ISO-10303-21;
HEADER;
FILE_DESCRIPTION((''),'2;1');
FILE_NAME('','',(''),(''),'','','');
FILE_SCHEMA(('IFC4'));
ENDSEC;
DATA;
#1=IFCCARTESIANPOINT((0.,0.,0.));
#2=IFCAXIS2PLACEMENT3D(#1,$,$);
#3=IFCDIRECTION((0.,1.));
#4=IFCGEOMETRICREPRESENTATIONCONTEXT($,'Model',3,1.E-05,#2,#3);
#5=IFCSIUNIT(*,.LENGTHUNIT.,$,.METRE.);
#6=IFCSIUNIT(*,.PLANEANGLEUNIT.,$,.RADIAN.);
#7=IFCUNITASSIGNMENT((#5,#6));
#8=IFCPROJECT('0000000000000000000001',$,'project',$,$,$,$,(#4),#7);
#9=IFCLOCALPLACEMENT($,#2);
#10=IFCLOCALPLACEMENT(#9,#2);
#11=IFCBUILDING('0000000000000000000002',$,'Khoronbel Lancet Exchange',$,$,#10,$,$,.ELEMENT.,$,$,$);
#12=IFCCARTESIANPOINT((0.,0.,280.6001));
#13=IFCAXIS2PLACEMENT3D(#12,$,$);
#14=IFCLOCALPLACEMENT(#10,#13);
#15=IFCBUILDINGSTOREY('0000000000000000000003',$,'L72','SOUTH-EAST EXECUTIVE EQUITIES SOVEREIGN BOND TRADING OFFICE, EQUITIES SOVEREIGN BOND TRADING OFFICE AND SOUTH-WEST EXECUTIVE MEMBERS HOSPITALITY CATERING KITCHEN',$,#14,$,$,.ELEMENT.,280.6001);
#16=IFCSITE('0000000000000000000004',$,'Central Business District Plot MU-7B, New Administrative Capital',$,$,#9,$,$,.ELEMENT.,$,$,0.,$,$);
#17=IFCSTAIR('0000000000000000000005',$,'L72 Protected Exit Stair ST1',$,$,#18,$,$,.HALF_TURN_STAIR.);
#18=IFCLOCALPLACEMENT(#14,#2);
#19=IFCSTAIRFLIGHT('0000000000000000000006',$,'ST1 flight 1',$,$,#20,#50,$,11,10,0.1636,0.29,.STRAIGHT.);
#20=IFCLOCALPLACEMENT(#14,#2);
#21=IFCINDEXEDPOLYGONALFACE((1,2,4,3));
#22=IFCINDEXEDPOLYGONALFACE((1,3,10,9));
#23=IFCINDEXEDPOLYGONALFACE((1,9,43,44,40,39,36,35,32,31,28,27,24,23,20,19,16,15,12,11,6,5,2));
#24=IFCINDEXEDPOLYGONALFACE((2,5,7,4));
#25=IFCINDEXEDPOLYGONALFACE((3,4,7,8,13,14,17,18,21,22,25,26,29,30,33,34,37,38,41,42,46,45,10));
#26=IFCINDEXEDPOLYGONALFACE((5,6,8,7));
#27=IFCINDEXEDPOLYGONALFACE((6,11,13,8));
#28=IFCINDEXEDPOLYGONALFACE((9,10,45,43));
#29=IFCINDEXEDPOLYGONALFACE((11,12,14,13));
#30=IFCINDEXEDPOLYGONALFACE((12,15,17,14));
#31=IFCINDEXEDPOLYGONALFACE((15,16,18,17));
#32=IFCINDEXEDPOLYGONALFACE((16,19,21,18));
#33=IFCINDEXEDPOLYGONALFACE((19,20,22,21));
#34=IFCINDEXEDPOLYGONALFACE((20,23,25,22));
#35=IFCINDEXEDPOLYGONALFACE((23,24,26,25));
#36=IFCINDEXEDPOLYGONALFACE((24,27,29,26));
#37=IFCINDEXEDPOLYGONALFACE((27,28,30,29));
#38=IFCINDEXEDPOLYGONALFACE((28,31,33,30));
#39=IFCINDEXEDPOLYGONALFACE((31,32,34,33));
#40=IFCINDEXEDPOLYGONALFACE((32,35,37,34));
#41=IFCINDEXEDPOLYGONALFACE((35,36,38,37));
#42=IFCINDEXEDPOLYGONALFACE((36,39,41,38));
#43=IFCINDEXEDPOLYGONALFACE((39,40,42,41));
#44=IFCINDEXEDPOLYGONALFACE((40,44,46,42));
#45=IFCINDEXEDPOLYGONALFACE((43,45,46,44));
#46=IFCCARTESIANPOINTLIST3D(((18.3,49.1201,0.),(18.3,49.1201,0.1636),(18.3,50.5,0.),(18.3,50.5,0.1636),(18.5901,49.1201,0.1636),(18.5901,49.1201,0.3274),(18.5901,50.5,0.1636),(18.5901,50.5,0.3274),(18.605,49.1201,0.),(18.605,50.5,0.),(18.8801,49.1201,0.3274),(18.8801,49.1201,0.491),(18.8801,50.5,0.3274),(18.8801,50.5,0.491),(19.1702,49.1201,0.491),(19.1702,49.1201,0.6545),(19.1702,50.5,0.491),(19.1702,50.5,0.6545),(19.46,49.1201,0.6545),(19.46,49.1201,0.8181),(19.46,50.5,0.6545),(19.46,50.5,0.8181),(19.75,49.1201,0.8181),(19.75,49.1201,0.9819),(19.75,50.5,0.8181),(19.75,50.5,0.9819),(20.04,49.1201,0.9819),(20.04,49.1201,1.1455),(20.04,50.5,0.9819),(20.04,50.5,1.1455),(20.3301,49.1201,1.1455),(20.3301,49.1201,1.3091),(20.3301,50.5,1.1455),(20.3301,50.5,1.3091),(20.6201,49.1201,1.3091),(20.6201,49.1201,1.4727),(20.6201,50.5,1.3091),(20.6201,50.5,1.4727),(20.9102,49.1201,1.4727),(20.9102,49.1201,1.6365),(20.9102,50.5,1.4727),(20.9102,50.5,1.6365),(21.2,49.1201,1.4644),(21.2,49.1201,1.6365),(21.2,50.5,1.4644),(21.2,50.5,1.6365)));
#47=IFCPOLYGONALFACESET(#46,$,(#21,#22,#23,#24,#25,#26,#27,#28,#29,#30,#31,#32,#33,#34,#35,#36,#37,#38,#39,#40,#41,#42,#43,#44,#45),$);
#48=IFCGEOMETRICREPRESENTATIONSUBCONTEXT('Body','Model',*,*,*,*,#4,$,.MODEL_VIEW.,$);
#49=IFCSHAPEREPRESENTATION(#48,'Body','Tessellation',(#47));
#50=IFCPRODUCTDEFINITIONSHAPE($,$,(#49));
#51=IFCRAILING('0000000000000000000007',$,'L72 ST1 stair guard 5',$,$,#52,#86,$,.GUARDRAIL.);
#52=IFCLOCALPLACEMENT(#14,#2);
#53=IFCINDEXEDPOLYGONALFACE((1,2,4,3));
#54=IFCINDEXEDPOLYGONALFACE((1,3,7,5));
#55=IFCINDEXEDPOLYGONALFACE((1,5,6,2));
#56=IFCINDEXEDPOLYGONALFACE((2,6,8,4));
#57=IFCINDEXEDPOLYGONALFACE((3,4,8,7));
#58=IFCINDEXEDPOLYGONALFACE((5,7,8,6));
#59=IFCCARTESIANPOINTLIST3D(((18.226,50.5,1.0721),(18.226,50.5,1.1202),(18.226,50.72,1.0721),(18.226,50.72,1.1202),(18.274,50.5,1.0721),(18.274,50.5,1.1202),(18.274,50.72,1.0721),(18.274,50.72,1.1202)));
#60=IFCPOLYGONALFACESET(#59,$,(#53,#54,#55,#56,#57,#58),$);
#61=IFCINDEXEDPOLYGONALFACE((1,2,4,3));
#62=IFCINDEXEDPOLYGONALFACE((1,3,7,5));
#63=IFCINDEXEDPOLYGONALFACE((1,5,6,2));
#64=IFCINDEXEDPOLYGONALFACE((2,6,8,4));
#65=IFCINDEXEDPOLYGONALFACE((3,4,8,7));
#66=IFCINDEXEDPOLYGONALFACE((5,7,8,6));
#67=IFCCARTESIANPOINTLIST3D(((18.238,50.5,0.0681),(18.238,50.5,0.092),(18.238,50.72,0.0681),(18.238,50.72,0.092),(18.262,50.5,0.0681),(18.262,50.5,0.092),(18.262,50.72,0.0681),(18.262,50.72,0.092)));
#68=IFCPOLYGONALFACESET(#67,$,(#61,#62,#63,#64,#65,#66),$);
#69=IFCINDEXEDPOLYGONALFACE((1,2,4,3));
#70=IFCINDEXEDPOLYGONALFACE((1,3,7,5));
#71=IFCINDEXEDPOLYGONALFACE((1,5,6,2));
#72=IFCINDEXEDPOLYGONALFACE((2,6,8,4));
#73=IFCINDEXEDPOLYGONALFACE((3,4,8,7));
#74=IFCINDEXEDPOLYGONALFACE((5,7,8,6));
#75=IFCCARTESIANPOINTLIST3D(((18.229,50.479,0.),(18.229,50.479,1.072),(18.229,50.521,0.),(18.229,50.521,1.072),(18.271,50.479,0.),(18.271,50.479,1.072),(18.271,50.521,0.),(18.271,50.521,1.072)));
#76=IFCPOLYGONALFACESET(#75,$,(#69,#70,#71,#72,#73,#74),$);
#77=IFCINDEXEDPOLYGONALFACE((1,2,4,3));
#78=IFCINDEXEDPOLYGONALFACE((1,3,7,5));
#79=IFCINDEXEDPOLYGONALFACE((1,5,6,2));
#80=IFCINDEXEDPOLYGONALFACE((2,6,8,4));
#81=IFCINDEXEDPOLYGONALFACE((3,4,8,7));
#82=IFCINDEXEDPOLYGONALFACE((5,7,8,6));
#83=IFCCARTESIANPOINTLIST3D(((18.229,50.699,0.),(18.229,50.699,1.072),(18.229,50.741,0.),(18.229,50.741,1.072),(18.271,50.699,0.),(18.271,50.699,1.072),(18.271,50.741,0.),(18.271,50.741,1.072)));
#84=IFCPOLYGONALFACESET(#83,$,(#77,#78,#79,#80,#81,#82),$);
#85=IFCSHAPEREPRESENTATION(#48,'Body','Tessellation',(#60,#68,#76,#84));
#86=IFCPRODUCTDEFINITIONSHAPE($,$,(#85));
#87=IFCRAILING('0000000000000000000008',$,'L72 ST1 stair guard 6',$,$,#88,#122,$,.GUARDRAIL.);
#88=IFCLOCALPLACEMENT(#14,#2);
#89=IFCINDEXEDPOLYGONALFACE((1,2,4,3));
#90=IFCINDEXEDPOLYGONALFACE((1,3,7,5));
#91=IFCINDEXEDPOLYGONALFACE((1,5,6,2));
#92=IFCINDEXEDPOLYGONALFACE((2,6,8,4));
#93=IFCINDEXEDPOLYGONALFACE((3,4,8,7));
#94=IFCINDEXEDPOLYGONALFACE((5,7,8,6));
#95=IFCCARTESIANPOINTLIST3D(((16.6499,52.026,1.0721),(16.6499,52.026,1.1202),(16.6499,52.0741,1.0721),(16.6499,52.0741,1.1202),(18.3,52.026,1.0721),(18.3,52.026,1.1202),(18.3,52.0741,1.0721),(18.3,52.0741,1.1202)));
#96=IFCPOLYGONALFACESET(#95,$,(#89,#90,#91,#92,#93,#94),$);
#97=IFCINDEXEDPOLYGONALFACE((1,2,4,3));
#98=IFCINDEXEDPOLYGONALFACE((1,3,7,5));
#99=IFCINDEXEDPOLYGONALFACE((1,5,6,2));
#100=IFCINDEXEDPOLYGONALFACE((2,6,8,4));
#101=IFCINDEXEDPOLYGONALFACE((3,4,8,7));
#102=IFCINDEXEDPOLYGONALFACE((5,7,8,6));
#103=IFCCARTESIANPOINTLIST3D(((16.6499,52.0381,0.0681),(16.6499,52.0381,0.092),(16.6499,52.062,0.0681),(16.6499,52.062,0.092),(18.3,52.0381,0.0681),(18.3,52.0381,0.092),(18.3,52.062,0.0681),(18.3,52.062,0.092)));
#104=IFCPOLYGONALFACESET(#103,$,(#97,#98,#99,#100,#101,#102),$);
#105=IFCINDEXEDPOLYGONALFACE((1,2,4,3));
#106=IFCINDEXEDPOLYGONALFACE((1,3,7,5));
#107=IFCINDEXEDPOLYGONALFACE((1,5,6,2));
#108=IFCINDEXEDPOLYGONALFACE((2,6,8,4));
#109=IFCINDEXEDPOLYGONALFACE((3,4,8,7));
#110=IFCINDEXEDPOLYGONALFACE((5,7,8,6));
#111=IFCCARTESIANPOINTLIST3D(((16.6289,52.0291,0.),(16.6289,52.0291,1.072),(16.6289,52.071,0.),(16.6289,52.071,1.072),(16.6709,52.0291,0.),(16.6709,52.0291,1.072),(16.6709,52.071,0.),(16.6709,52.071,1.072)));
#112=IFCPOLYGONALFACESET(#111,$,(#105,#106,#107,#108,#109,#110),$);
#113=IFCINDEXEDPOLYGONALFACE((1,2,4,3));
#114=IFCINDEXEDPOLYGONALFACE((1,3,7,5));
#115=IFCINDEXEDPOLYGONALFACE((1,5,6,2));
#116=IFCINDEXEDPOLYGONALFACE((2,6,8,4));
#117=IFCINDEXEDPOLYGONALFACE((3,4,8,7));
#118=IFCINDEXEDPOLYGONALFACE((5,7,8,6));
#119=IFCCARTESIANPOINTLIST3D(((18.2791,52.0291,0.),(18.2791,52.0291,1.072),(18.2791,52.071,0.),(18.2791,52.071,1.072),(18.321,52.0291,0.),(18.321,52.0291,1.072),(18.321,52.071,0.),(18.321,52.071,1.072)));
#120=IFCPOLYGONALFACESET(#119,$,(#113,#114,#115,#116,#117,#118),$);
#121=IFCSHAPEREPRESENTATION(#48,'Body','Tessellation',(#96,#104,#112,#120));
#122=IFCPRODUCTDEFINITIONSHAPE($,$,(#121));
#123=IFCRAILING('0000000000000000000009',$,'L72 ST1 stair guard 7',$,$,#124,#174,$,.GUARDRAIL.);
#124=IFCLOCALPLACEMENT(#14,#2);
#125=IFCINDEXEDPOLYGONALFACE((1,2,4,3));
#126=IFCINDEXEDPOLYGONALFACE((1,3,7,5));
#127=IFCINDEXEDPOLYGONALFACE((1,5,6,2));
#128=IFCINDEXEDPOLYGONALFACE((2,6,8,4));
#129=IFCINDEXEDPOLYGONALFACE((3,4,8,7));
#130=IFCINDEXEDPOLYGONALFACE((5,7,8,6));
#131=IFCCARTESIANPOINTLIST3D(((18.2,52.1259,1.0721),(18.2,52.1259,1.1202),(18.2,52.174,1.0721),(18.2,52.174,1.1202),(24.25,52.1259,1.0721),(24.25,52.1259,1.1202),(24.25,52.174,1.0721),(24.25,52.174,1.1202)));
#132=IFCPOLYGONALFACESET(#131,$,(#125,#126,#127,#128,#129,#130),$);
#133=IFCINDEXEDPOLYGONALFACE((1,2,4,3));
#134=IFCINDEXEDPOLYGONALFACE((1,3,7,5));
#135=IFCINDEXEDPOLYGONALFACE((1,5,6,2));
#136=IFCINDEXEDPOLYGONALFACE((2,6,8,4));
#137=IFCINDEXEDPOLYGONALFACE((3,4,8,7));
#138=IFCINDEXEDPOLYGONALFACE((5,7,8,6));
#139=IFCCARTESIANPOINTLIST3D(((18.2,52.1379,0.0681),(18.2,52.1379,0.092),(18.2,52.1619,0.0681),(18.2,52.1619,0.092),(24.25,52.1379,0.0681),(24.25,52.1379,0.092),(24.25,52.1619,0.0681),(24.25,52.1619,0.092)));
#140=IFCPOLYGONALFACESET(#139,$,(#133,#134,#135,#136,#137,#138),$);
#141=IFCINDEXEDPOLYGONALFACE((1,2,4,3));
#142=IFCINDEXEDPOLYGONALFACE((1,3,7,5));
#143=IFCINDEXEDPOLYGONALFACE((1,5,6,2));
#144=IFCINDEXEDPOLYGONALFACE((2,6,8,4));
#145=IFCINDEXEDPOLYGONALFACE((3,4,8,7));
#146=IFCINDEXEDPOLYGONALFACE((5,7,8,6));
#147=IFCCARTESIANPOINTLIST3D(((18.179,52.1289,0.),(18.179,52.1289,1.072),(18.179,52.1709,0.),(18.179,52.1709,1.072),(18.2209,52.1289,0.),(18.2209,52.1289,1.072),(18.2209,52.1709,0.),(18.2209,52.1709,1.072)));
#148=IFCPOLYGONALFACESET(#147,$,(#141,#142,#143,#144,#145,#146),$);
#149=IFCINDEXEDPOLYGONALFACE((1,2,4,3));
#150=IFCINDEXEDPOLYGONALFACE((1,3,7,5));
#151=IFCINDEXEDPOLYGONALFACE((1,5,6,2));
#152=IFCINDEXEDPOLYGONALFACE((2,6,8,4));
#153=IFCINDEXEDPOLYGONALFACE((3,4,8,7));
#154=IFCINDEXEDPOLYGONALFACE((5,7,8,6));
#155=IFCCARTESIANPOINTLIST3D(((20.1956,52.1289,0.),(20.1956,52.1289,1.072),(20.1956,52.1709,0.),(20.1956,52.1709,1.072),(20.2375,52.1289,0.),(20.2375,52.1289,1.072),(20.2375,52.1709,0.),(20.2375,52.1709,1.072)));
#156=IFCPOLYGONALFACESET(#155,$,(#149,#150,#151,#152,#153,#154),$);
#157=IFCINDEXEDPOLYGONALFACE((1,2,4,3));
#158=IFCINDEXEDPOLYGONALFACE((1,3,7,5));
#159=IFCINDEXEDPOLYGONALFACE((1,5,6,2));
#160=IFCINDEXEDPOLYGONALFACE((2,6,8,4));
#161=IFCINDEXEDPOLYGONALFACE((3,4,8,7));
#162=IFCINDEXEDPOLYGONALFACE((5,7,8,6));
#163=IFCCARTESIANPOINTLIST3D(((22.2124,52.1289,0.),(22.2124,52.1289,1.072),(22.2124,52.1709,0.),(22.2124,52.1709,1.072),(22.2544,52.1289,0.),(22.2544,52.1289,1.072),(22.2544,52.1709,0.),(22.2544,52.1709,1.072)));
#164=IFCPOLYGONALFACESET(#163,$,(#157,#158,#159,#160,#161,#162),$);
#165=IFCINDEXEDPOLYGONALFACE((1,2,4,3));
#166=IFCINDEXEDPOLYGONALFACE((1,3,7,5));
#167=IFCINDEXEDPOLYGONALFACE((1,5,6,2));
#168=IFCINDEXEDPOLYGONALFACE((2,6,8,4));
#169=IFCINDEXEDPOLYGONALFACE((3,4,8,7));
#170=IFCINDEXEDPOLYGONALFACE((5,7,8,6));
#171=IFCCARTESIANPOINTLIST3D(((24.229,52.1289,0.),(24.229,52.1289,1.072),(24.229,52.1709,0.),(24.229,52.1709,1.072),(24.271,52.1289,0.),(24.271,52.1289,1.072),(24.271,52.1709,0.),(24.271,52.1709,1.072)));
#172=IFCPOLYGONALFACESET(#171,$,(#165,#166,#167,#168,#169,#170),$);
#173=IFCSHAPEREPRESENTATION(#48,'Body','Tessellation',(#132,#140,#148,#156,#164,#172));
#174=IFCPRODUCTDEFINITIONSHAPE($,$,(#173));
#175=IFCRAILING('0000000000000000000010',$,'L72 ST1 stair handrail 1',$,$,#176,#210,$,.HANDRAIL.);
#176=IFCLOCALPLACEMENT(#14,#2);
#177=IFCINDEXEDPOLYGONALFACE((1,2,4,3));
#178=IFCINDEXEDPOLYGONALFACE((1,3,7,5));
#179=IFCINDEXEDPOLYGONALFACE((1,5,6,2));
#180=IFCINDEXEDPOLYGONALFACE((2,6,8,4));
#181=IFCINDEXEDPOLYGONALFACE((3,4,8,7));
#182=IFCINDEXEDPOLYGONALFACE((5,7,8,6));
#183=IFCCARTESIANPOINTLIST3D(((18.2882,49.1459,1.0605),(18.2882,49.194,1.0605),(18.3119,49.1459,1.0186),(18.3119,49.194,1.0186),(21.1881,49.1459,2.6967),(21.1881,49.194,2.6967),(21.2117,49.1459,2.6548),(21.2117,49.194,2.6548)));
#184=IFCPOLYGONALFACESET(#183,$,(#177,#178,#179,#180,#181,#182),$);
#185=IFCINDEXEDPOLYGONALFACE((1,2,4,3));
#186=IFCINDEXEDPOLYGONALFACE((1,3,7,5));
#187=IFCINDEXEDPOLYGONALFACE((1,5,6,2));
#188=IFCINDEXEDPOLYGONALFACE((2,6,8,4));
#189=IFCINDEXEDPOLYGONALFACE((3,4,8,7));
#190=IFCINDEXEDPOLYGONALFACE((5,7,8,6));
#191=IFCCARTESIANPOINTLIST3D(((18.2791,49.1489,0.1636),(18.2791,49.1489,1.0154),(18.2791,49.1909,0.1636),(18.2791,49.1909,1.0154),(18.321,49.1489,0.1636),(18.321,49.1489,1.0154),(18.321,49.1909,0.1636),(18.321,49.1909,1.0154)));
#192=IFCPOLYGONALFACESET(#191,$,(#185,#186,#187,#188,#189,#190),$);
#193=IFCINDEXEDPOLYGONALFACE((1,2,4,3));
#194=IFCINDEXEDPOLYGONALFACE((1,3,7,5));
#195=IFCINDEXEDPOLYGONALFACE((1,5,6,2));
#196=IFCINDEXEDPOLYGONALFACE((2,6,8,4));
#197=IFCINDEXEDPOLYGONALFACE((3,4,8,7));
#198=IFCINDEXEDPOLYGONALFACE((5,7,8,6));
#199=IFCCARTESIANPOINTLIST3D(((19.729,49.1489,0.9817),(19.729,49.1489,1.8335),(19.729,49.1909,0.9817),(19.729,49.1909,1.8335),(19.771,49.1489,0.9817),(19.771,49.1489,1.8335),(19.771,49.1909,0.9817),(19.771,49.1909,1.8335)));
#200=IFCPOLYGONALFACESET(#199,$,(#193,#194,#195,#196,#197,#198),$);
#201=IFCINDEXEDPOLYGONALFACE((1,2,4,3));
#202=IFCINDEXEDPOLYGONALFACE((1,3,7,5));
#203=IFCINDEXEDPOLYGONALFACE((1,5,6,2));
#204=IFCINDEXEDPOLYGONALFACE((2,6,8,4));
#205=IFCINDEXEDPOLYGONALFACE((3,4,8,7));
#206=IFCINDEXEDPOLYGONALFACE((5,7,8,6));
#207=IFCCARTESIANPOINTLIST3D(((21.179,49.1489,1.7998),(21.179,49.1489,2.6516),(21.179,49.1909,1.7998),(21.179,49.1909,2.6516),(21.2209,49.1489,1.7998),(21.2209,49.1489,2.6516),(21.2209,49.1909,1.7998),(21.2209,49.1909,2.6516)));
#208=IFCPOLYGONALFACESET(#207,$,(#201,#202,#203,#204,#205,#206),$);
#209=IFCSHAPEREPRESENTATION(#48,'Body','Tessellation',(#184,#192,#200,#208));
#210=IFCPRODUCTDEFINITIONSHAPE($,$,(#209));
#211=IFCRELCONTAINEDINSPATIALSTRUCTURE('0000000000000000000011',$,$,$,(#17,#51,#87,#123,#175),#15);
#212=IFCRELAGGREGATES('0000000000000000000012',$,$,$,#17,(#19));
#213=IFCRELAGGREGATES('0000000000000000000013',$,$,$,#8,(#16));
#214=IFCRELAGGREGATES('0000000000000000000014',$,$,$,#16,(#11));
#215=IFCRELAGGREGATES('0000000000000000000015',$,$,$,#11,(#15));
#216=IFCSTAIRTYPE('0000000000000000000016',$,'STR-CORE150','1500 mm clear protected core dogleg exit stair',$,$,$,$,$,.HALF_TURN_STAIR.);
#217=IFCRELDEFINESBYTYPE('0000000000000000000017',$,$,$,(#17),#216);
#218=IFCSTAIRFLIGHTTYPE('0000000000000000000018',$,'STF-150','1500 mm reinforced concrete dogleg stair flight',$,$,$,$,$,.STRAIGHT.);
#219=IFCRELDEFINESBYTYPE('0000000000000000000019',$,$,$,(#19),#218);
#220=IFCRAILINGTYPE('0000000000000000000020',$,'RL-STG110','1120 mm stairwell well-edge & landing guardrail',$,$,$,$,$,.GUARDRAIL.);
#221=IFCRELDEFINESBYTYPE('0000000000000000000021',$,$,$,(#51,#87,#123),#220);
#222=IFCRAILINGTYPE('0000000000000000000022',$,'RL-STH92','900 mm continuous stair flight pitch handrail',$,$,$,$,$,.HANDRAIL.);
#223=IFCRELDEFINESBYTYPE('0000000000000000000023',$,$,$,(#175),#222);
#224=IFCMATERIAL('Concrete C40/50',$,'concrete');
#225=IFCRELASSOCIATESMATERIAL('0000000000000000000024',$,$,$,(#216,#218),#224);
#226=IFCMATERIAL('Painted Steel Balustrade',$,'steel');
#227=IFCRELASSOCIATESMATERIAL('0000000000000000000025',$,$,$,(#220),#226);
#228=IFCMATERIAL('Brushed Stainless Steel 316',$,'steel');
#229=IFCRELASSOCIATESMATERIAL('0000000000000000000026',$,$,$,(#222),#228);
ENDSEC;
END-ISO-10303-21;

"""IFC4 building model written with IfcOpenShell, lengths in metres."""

from ifc_helpers import new_model, si_unit, direction, frame, origin, origin_2d, place, context, subcontext, project, spatial, polyline, rectangle, outline, extrude, material, type_object, element, aggregate, save


model = new_model("IFC4")

# Units and contexts
model_context = context("Model", 3, precision=1e-05, world=origin(), true_north=direction((0.0, 1.0)))
body_context = subcontext(model_context, "Body", "Model", "MODEL_VIEW")
ifc_project = project(units=[si_unit("LENGTHUNIT", "METRE"), si_unit("PLANEANGLEUNIT", "RADIAN")], contexts=[model_context])

# Site, building, storey
site_placement = place(None, origin())
site = spatial("IfcSite", under=ifc_project, at=site_placement, Name="Central Business District Plot MU-7B, New Administrative Capital", CompositionType="ELEMENT", RefElevation=0.0)
building_placement = place(site_placement, origin())
building = spatial("IfcBuilding", under=site, at=building_placement, Name="Khoronbel Lancet Exchange", CompositionType="ELEMENT")
storey_placement = place(building_placement, frame((0.0, 0.0, 280.6001)))
storey = spatial("IfcBuildingStorey", under=building, at=storey_placement, Name="L72", Description="SOUTH-EAST EXECUTIVE EQUITIES SOVEREIGN BOND TRADING OFFICE, EQUITIES SOVEREIGN BOND TRADING OFFICE AND SOUTH-WEST EXECUTIVE MEMBERS HOSPITALITY CATERING KITCHEN", CompositionType="ELEMENT", Elevation=280.6001)

# Stair, stair flight
ifc_material_1 = material(Name="Concrete C40/50", Category="concrete")
stair_type = type_object("IfcStairType", Name="STR-CORE150", Description="1500 mm clear protected core dogleg exit stair", PredefinedType="HALF_TURN_STAIR", material=ifc_material_1)
stair_placement = place(storey_placement, origin())
stair = element("IfcStair", 1, at=stair_placement, inside=storey, type_object=stair_type, Name="L72 Protected Exit Stair ST1", PredefinedType="HALF_TURN_STAIR")
stair_flight_type = type_object("IfcStairFlightType", Name="STF-150", Description="1500 mm reinforced concrete dogleg stair flight", PredefinedType="STRAIGHT", material=ifc_material_1)
stair_flight_placement = place(storey_placement, frame((18.3, 49.8101, 0.0), z_axis=(0.0, 0.0, 1.0), x_axis=(1.0, 0.0, 0.0)))
stair_flight = element("IfcStairFlight", 2, at=stair_flight_placement, type_object=stair_flight_type, Name="ST1 flight 1", NumberOfRisers=11, NumberOfTreads=10, PredefinedType="STRAIGHT", RiserHeight=0.1636, TreadLength=0.29, context=body_context, shape_type="SweptSolid", body=[
    extrude(outline(polyline([(0.0, 0.0), (0.0, 0.1636), (0.29, 0.1636), (0.29, 0.3274), (0.5801, 0.3274), (0.5801, 0.491), (0.8701, 0.491), (0.8701, 0.6545), (1.1599, 0.6545), (1.1599, 0.8181), (1.45, 0.8181), (1.45, 0.9819), (1.74, 0.9819), (1.74, 1.1455), (2.03, 1.1455), (2.03, 1.3091), (2.3201, 1.3091), (2.3201, 1.4727), (2.6101, 1.4727), (2.6101, 1.6365), (2.8999, 1.6365), (2.8999, 1.8), (2.8999, 1.4644), (0.3049, 0.0), (0.0, 0.0)])), frame((0.0, 0.6899, 0.0), z_axis=(0.0, -1.0, 0.0), x_axis=(1.0, 0.0, 0.0)), (0.0, 0.0, 1.0), 1.3799),
])
aggregate(stair, [stair_flight])

# Railings
ifc_material_2 = material(Name="Painted Steel Balustrade", Category="steel")
railing_type_1 = type_object("IfcRailingType", Name="RL-STG110", Description="1120 mm stairwell well-edge & landing guardrail", PredefinedType="GUARDRAIL", material=ifc_material_2)
railing_1_placement = place(storey_placement, frame((18.25, 50.5, 0.0)))
element("IfcRailing", 3, at=railing_1_placement, inside=storey, type_object=railing_type_1, Name="L72 ST1 stair guard 5", PredefinedType="GUARDRAIL", context=body_context, shape_type="SweptSolid", body=[
    extrude(rectangle(XDim=0.0481, YDim=0.0481, at=origin_2d()), frame((0.0, 0.0, 1.0962), z_axis=(0.0, 1.0, 0.0), x_axis=(-1.0, 0.0, 0.0)), (0.0, 0.0, 1.0), 0.22),
    extrude(rectangle(XDim=0.0239, YDim=0.0239, at=origin_2d()), frame((0.0, 0.0, 0.0801), z_axis=(0.0, 1.0, 0.0), x_axis=(-1.0, 0.0, 0.0)), (0.0, 0.0, 1.0), 0.22),
    extrude(rectangle(XDim=0.042, YDim=0.042, at=origin_2d()), origin(), (0.0, 0.0, 1.0), 1.072),
    extrude(rectangle(XDim=0.042, YDim=0.042, at=origin_2d()), frame((0.0, 0.22, 0.0)), (0.0, 0.0, 1.0), 1.072),
])
railing_2_placement = place(storey_placement, frame((16.6499, 52.05, 0.0)))
element("IfcRailing", 4, at=railing_2_placement, inside=storey, type_object=railing_type_1, Name="L72 ST1 stair guard 6", PredefinedType="GUARDRAIL", context=body_context, shape_type="SweptSolid", body=[
    extrude(rectangle(XDim=0.0481, YDim=0.0481, at=origin_2d()), frame((0.0, 0.0, 1.0962), z_axis=(1.0, 0.0, 0.0), x_axis=(0.0, 1.0, 0.0)), (0.0, 0.0, 1.0), 1.6501),
    extrude(rectangle(XDim=0.0239, YDim=0.0239, at=origin_2d()), frame((0.0, 0.0, 0.0801), z_axis=(1.0, 0.0, 0.0), x_axis=(0.0, 1.0, 0.0)), (0.0, 0.0, 1.0), 1.6501),
    extrude(rectangle(XDim=0.042, YDim=0.042, at=origin_2d()), origin(), (0.0, 0.0, 1.0), 1.072),
    extrude(rectangle(XDim=0.042, YDim=0.042, at=origin_2d()), frame((1.6501, 0.0, 0.0)), (0.0, 0.0, 1.0), 1.072),
])
railing_3_placement = place(storey_placement, frame((18.2, 52.1499, 0.0)))
element("IfcRailing", 5, at=railing_3_placement, inside=storey, type_object=railing_type_1, Name="L72 ST1 stair guard 7", PredefinedType="GUARDRAIL", context=body_context, shape_type="SweptSolid", body=[
    extrude(rectangle(XDim=0.0481, YDim=0.0481, at=origin_2d()), frame((0.0, 0.0, 1.0962), z_axis=(1.0, 0.0, 0.0), x_axis=(0.0, 1.0, 0.0)), (0.0, 0.0, 1.0), 6.05),
    extrude(rectangle(XDim=0.0239, YDim=0.0239, at=origin_2d()), frame((0.0, 0.0, 0.0801), z_axis=(1.0, 0.0, 0.0), x_axis=(0.0, 1.0, 0.0)), (0.0, 0.0, 1.0), 6.05),
    extrude(rectangle(XDim=0.042, YDim=0.042, at=origin_2d()), origin(), (0.0, 0.0, 1.0), 1.072),
    extrude(rectangle(XDim=0.042, YDim=0.042, at=origin_2d()), frame((2.0166, 0.0, 0.0)), (0.0, 0.0, 1.0), 1.072),
    extrude(rectangle(XDim=0.042, YDim=0.042, at=origin_2d()), frame((4.0334, 0.0, 0.0)), (0.0, 0.0, 1.0), 1.072),
    extrude(rectangle(XDim=0.042, YDim=0.042, at=origin_2d()), frame((6.05, 0.0, 0.0)), (0.0, 0.0, 1.0), 1.072),
])
ifc_material_3 = material(Name="Brushed Stainless Steel 316", Category="steel")
railing_type_2 = type_object("IfcRailingType", Name="RL-STH92", Description="900 mm continuous stair flight pitch handrail", PredefinedType="HANDRAIL", material=ifc_material_3)
railing_4_placement = place(storey_placement, frame((18.3, 49.1699, 0.1636)))
element("IfcRailing", 6, at=railing_4_placement, inside=storey, type_object=railing_type_2, Name="L72 ST1 stair handrail 1", PredefinedType="HANDRAIL", context=body_context, shape_type="SweptSolid", body=[
    extrude(rectangle(XDim=0.0481, YDim=0.0481, at=origin_2d()), frame((0.0, 0.0, 0.876), z_axis=(0.870929, 0.0, 0.49141), x_axis=(0.0, 1.0, 0.0)), (0.0, 0.0, 1.0), 3.3296),
    extrude(rectangle(XDim=0.042, YDim=0.042, at=origin_2d()), origin(), (0.0, 0.0, 1.0), 0.8518),
    extrude(rectangle(XDim=0.042, YDim=0.042, at=origin_2d()), frame((1.45, 0.0, 0.8181)), (0.0, 0.0, 1.0), 0.8518),
    extrude(rectangle(XDim=0.042, YDim=0.042, at=origin_2d()), frame((2.8999, 0.0, 1.6362)), (0.0, 0.0, 1.0), 0.8518),
])

save(model, "model.ifc")
